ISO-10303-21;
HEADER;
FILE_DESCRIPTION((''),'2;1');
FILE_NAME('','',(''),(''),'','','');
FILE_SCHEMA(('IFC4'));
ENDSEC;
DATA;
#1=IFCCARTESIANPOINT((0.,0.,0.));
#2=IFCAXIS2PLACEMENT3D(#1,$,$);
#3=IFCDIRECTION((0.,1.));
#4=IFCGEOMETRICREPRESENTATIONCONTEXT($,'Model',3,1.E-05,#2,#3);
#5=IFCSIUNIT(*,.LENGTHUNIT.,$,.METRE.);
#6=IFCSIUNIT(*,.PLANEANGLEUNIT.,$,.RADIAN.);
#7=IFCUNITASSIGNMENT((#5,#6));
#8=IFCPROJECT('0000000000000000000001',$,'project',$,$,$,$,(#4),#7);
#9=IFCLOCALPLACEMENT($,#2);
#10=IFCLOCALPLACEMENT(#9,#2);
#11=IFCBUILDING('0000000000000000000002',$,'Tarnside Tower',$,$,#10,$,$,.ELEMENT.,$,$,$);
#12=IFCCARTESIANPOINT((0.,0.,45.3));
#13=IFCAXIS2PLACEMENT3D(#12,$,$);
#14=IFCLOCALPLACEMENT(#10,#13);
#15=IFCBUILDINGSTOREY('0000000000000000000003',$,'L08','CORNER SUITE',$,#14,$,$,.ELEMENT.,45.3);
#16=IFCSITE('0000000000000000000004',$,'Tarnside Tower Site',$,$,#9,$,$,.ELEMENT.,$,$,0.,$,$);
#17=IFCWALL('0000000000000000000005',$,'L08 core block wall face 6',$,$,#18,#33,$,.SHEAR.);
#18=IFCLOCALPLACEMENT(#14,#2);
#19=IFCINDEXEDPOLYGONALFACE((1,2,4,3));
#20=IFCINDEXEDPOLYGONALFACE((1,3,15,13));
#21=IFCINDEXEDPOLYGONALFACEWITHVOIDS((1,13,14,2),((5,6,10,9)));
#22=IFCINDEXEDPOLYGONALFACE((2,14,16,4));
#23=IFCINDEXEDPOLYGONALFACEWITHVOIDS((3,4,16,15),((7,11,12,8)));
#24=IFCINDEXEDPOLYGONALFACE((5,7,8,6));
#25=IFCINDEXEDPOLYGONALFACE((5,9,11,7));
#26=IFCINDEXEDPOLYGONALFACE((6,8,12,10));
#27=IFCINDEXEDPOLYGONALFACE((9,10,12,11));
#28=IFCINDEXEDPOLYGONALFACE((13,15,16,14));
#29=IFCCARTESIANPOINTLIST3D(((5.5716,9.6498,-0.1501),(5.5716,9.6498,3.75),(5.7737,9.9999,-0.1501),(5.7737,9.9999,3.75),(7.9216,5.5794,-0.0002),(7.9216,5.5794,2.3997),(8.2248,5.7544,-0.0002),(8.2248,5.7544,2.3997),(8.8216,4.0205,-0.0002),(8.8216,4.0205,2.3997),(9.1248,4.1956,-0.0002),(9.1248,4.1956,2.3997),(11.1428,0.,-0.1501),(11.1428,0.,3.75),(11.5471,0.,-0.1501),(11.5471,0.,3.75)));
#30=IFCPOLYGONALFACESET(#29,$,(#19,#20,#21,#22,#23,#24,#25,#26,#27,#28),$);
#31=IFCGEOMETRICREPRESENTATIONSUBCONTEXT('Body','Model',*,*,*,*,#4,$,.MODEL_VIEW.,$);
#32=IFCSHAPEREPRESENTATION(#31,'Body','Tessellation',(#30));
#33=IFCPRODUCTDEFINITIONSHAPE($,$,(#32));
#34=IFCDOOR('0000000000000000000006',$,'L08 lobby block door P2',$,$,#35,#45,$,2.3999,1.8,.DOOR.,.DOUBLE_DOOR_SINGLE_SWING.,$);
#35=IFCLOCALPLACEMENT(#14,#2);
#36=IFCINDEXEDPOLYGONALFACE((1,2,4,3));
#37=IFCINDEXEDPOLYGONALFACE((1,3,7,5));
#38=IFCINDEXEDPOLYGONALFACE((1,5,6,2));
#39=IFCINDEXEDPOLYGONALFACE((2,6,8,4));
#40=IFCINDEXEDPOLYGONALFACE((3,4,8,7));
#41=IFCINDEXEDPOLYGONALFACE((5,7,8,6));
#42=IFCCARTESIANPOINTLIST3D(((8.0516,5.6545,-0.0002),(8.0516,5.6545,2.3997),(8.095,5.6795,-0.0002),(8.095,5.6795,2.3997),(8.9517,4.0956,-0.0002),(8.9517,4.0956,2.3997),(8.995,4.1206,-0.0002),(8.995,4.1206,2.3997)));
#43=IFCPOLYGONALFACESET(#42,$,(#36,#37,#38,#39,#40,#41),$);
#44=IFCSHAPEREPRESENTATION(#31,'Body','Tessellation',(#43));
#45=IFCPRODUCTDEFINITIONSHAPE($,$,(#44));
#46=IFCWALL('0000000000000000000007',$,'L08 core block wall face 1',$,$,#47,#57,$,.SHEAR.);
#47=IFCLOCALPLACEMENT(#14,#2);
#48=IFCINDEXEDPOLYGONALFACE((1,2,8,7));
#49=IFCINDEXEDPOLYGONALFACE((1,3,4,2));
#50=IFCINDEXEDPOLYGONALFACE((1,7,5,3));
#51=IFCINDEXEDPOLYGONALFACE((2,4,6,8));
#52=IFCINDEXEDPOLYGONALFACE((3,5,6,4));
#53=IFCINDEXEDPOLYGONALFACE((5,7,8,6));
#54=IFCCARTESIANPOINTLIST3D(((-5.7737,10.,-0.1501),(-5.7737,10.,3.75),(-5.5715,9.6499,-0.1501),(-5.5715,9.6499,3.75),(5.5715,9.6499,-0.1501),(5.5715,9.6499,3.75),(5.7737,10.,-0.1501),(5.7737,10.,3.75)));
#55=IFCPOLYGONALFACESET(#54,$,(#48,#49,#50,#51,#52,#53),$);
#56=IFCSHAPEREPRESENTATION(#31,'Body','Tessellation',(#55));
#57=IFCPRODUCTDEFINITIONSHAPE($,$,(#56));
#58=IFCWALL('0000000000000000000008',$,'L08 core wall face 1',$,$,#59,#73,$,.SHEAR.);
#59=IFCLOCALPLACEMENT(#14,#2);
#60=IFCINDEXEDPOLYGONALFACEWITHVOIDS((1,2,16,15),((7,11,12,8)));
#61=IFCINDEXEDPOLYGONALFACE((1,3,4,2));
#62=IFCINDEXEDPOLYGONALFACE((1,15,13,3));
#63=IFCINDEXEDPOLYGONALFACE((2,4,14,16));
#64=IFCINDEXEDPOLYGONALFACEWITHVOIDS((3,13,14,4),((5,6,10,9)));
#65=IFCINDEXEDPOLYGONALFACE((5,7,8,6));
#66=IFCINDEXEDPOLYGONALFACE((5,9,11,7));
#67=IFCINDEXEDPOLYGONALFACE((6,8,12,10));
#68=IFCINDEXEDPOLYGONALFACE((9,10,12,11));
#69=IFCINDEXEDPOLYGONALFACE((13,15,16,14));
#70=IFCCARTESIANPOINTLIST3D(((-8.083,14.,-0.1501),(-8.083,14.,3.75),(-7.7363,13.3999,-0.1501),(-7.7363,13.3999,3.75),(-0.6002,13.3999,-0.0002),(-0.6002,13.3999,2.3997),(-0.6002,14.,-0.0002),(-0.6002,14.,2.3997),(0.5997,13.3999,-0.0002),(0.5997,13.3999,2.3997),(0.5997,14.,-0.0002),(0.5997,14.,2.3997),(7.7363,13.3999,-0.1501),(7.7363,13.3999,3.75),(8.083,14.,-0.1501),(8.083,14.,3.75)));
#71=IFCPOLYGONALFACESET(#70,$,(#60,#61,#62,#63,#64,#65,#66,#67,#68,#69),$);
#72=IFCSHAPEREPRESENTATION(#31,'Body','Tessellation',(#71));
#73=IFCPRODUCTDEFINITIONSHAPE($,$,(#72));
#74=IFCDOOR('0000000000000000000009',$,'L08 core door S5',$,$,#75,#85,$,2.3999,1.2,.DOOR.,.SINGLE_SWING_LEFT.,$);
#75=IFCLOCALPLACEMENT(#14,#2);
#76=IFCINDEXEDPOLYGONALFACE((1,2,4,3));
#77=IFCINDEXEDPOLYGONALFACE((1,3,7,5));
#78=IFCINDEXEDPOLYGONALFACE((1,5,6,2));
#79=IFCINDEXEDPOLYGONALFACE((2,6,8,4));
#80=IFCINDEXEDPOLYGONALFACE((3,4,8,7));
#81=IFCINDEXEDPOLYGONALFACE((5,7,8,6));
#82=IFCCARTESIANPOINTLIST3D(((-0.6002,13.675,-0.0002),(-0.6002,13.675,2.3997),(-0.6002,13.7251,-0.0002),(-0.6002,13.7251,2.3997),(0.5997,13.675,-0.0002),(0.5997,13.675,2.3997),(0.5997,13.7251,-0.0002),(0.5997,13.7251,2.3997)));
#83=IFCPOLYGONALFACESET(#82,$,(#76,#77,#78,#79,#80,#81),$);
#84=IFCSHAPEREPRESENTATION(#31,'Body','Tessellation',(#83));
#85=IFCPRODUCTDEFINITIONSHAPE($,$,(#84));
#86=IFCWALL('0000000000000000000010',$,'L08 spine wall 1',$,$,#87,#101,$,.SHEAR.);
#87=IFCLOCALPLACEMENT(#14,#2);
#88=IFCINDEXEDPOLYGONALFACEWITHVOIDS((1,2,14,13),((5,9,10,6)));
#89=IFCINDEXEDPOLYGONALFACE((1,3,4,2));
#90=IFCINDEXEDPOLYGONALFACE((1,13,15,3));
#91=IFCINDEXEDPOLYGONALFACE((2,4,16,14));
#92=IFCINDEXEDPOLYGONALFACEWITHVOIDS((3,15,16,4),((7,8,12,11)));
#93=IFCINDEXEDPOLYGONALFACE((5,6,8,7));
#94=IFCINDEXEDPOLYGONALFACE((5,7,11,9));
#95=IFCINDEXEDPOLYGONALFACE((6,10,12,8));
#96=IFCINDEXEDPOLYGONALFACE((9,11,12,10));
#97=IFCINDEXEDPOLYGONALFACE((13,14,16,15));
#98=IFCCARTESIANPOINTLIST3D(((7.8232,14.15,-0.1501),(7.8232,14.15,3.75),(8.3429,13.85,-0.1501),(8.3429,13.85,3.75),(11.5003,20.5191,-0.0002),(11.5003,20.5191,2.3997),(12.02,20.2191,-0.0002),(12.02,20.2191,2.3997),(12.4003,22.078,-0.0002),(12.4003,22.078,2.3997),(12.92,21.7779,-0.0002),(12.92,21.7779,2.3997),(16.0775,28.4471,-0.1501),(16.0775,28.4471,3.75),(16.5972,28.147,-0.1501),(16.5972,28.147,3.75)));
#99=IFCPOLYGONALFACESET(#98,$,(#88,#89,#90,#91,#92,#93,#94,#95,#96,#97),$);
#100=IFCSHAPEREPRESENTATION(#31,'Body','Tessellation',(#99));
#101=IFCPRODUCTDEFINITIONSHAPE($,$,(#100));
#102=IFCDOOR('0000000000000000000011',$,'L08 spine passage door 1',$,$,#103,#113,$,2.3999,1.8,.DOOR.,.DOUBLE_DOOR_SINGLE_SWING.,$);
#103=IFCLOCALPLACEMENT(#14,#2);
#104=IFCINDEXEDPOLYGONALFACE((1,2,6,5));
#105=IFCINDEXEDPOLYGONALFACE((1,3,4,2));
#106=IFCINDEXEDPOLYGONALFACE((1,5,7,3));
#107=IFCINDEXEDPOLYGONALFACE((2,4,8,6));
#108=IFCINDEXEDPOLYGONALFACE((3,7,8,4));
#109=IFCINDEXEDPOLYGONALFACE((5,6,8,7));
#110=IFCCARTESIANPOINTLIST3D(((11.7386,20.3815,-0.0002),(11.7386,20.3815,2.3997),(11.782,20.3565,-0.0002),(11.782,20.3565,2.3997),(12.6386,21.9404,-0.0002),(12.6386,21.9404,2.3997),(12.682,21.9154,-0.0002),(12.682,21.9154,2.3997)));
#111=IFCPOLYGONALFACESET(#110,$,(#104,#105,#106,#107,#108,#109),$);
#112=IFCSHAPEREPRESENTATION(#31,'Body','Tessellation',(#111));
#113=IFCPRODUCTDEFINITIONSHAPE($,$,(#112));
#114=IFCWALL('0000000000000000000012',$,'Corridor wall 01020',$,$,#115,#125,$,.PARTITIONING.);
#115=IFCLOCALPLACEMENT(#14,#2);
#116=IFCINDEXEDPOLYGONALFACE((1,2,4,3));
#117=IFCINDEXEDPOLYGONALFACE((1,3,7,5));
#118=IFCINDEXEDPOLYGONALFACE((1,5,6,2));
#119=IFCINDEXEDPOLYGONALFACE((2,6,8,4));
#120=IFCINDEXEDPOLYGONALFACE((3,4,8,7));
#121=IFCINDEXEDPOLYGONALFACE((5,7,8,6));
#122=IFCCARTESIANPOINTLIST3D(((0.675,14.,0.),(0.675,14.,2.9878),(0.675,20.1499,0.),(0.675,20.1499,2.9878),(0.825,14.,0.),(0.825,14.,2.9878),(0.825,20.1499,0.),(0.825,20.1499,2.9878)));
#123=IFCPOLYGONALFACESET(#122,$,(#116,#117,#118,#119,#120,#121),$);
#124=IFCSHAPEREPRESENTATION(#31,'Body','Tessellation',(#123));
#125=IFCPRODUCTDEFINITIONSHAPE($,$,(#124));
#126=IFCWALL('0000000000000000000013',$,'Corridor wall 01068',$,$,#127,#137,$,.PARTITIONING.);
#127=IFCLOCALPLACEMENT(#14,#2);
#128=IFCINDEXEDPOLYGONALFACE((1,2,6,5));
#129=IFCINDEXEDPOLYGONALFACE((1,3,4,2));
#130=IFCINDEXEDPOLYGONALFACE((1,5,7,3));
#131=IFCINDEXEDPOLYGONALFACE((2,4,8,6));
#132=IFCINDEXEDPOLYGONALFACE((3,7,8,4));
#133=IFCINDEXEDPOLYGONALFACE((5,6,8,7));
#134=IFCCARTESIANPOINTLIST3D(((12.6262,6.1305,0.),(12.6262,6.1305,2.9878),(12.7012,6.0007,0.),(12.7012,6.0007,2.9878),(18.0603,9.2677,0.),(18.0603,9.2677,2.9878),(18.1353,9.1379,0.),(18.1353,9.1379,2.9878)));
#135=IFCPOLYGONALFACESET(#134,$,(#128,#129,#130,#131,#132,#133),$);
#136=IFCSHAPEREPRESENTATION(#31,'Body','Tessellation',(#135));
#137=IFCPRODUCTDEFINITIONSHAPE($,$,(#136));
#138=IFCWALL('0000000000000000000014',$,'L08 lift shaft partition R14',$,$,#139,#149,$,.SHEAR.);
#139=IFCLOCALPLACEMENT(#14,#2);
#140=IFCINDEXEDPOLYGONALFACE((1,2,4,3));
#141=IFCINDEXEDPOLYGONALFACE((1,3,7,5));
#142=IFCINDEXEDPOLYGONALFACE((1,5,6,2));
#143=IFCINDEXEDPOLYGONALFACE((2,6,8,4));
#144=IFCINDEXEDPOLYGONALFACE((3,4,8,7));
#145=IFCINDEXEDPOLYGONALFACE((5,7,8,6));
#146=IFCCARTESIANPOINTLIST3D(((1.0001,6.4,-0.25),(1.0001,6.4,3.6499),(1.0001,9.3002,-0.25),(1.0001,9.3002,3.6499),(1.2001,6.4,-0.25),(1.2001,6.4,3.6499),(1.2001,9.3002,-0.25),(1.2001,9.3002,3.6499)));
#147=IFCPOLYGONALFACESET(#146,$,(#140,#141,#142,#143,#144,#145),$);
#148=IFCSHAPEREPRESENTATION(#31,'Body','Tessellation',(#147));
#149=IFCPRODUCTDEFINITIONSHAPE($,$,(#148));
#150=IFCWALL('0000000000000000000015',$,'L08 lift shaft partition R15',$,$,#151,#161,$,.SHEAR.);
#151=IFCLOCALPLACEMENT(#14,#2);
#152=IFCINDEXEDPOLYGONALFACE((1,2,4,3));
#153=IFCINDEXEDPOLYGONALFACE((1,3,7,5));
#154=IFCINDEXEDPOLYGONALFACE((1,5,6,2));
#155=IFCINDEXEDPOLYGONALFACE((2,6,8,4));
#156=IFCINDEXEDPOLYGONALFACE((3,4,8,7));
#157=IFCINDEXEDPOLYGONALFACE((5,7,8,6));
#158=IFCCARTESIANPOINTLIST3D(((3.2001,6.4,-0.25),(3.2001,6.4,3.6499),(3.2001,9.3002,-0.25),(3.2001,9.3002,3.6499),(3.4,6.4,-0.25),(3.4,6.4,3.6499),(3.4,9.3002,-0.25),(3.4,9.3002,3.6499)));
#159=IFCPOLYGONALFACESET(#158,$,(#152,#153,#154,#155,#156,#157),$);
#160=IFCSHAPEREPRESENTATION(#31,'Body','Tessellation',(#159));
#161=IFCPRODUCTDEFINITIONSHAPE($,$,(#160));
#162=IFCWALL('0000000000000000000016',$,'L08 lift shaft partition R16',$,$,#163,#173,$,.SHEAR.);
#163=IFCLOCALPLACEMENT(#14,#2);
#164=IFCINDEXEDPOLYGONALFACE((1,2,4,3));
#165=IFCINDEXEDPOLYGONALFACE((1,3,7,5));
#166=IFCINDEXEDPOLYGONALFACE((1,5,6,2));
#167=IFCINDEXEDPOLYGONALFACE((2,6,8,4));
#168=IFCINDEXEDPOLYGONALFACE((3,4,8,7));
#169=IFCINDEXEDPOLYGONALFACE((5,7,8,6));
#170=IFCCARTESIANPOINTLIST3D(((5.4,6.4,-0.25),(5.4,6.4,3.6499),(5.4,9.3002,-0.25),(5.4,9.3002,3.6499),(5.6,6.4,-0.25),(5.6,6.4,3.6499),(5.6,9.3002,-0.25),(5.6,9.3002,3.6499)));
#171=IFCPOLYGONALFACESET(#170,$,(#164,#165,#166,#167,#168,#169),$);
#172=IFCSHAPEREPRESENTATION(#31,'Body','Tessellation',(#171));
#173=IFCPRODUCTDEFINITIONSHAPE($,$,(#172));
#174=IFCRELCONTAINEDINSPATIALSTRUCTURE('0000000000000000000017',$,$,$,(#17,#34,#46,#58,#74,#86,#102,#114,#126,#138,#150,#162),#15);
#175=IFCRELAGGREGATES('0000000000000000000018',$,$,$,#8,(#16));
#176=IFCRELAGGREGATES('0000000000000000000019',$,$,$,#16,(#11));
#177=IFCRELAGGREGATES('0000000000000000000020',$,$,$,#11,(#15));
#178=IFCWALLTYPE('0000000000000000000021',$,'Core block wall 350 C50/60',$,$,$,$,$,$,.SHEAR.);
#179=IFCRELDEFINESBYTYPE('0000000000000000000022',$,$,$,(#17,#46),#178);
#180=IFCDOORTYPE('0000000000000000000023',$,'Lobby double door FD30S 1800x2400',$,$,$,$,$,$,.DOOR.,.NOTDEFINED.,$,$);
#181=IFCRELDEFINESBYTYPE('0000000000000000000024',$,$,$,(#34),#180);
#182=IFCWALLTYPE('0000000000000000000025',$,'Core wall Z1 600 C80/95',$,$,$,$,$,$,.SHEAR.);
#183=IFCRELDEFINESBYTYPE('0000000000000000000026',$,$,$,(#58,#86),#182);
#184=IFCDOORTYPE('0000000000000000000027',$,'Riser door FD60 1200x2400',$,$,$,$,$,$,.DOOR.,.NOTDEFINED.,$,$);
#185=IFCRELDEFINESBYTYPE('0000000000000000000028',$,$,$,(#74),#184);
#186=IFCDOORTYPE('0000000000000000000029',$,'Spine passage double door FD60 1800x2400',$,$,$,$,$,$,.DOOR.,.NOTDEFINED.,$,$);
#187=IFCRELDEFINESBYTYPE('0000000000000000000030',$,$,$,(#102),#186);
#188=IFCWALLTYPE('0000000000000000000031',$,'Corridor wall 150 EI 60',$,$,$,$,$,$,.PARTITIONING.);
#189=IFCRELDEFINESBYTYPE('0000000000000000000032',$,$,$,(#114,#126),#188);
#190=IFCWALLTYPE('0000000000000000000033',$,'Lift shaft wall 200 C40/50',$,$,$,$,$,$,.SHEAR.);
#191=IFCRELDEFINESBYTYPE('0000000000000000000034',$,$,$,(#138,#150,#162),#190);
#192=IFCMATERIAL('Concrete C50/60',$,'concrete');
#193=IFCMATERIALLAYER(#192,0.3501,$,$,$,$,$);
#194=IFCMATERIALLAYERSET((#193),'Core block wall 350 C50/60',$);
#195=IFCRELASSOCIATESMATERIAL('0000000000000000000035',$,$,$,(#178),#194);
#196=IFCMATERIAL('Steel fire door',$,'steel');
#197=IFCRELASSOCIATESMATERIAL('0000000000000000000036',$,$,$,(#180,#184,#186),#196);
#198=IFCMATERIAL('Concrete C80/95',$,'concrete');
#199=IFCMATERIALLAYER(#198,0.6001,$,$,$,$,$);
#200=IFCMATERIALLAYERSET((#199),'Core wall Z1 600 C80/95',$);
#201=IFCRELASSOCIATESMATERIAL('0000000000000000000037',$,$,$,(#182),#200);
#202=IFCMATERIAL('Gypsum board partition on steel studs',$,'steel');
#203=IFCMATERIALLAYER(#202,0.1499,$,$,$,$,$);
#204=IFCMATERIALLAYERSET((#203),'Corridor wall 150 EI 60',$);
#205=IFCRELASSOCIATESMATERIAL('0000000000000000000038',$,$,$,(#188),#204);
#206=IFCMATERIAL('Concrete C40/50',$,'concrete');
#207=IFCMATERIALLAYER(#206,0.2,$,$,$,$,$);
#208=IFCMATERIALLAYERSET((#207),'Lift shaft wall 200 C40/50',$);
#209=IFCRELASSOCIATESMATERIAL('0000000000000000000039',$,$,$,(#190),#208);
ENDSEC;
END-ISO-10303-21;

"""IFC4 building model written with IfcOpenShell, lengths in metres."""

from ifc_helpers import new_model, si_unit, direction, frame, frame_2d, origin, place, context, subcontext, project, spatial, polyline, rectangle, outline, extrude, material, layer, layer_set, type_object, element, fill, save


model = new_model("IFC4")

# Units and contexts
model_context = context("Model", 3, precision=1e-05, world=origin(), true_north=direction((0.0, 1.0)))
body_context = subcontext(model_context, "Body", "Model", "MODEL_VIEW")
ifc_project = project(units=[si_unit("LENGTHUNIT", "METRE"), si_unit("PLANEANGLEUNIT", "RADIAN")], contexts=[model_context])

# Site, building, storey
site_placement = place(None, origin())
site = spatial("IfcSite", under=ifc_project, at=site_placement, Name="Tarnside Tower Site", CompositionType="ELEMENT", RefElevation=0.0)
building_placement = place(site_placement, origin())
building = spatial("IfcBuilding", under=site, at=building_placement, Name="Tarnside Tower", CompositionType="ELEMENT")
storey_placement = place(building_placement, frame((0.0, 0.0, 45.3)))
storey = spatial("IfcBuildingStorey", under=building, at=storey_placement, Name="L08", Description="CORNER SUITE", CompositionType="ELEMENT", Elevation=45.3)

# Wall, opening, door
ifc_material_1 = material(Name="Concrete C50/60", Category="concrete")
ifc_layer_1 = layer(ifc_material_1, 0.3501)
ifc_layer_set_1 = layer_set([ifc_layer_1], Name="Core block wall 350 C50/60")
wall_type_1 = type_object("IfcWallType", Name="Core block wall 350 C50/60", PredefinedType="SHEAR", material=ifc_layer_set_1)
wall_1_placement = place(storey_placement, frame((11.345, 0.0, -0.1501), z_axis=(0.0, 0.0, 1.0), x_axis=(-0.499995, 0.866028, 0.0)))
wall_1 = element("IfcWall", 1, at=wall_1_placement, inside=storey, type_object=wall_type_1, Name="L08 core block wall face 6", PredefinedType="SHEAR", context=body_context, shape_type="SweptSolid", body=[
    extrude(outline(polyline([(-0.1011, -0.175), (11.4458, -0.175), (11.2437, 0.175), (0.1011, 0.175), (-0.1011, -0.175)])), origin(), (0.0, 0.0, 1.0), 3.9001),
])
opening_1_placement = place(wall_1_placement, frame((4.7437, 0.0, 0.1499)))
opening_1 = element("IfcOpeningElement", 2, at=opening_1_placement, cuts=wall_1, PredefinedType="OPENING", context=body_context, shape_type="SweptSolid", body=[
    extrude(rectangle(XDim=1.8, YDim=2.3999, at=frame_2d((0.8999, 1.2))), frame((0.0, 0.1851, 0.0), z_axis=(0.0, -1.0, 0.0), x_axis=(1.0, 0.0, 0.0)), (0.0, 0.0, 1.0), 0.3701),
])
ifc_material_2 = material(Name="Steel fire door", Category="steel")
door_type_1 = type_object("IfcDoorType", Name="Lobby double door FD30S 1800x2400", OperationType="NOTDEFINED", PredefinedType="DOOR", material=ifc_material_2)
door_1_placement = place(opening_1_placement, origin())
door_1 = element("IfcDoor", 3, at=door_1_placement, inside=storey, type_object=door_type_1, Name="L08 lobby block door P2", OperationType="DOUBLE_DOOR_SINGLE_SWING", OverallHeight=2.3999, OverallWidth=1.8, PredefinedType="DOOR", context=body_context, shape_type="SweptSolid", body=[
    extrude(rectangle(XDim=1.8, YDim=2.3999, at=frame_2d((0.8999, 1.2))), frame((0.0, 0.0249, 0.0), z_axis=(0.0, -1.0, 0.0), x_axis=(1.0, 0.0, 0.0)), (0.0, 0.0, 1.0), 0.05),
])
fill(opening_1, door_1)

# Wall
wall_2_placement = place(storey_placement, frame((5.6726, 9.825, -0.1501), z_axis=(0.0, 0.0, 1.0), x_axis=(-1.0, 0.0, 0.0)))
element("IfcWall", 4, at=wall_2_placement, inside=storey, type_object=wall_type_1, Name="L08 core block wall face 1", PredefinedType="SHEAR", context=body_context, shape_type="SweptSolid", body=[
    extrude(outline(polyline([(-0.1011, -0.175), (11.4463, -0.175), (11.2441, 0.175), (0.1011, 0.175), (-0.1011, -0.175)])), origin(), (0.0, 0.0, 1.0), 3.9001),
])

# Walls, openings, doors
ifc_material_3 = material(Name="Concrete C80/95", Category="concrete")
ifc_layer_2 = layer(ifc_material_3, 0.6001)
ifc_layer_set_2 = layer_set([ifc_layer_2], Name="Core wall Z1 600 C80/95")
wall_type_2 = type_object("IfcWallType", Name="Core wall Z1 600 C80/95", PredefinedType="SHEAR", material=ifc_layer_set_2)
wall_3_placement = place(storey_placement, frame((7.9097, 13.7, -0.1501), z_axis=(0.0, 0.0, 1.0), x_axis=(-1.0, 0.0, 0.0)))
wall_3 = element("IfcWall", 5, at=wall_3_placement, inside=storey, type_object=wall_type_2, Name="L08 core wall face 1", PredefinedType="SHEAR", context=body_context, shape_type="SweptSolid", body=[
    extrude(outline(polyline([(-0.1733, -0.3), (15.9927, -0.3), (15.646, 0.3), (0.1733, 0.3), (-0.1733, -0.3)])), origin(), (0.0, 0.0, 1.0), 3.9001),
])
opening_2_placement = place(wall_3_placement, frame((7.3098, 0.0, 0.1499)))
opening_2 = element("IfcOpeningElement", 6, at=opening_2_placement, cuts=wall_3, PredefinedType="OPENING", context=body_context, shape_type="SweptSolid", body=[
    extrude(rectangle(XDim=1.2, YDim=2.3999, at=frame_2d((0.6001, 1.2))), frame((0.0, 0.3101, 0.0), z_axis=(0.0, -1.0, 0.0), x_axis=(1.0, 0.0, 0.0)), (0.0, 0.0, 1.0), 0.6201),
])
door_type_2 = type_object("IfcDoorType", Name="Riser door FD60 1200x2400", OperationType="NOTDEFINED", PredefinedType="DOOR", material=ifc_material_2)
door_2_placement = place(opening_2_placement, origin())
door_2 = element("IfcDoor", 7, at=door_2_placement, inside=storey, type_object=door_type_2, Name="L08 core door S5", OperationType="SINGLE_SWING_LEFT", OverallHeight=2.3999, OverallWidth=1.2, PredefinedType="DOOR", context=body_context, shape_type="SweptSolid", body=[
    extrude(rectangle(XDim=1.2, YDim=2.3999, at=frame_2d((0.6001, 1.2))), frame((0.0, 0.0249, 0.0), z_axis=(0.0, -1.0, 0.0), x_axis=(1.0, 0.0, 0.0)), (0.0, 0.0, 1.0), 0.05),
])
fill(opening_2, door_2)
wall_4_placement = place(storey_placement, frame((8.083, 14.0, -0.1501), z_axis=(0.0, 0.0, 1.0), x_axis=(0.499998, 0.866027, 0.0)))
wall_4 = element("IfcWall", 8, at=wall_4_placement, inside=storey, type_object=wall_type_2, Name="L08 spine wall 1", PredefinedType="SHEAR", context=body_context, shape_type="SweptSolid", body=[
    extrude(rectangle(XDim=16.5088, YDim=0.6001, at=frame_2d((8.2544, 0.0))), origin(), (0.0, 0.0, 1.0), 3.9001),
])
opening_3_placement = place(wall_4_placement, frame((7.3545, 0.0, 0.1499)))
opening_3 = element("IfcOpeningElement", 9, at=opening_3_placement, cuts=wall_4, PredefinedType="OPENING", context=body_context, shape_type="SweptSolid", body=[
    extrude(rectangle(XDim=1.8, YDim=2.3999, at=frame_2d((0.8999, 1.2))), frame((0.0, 0.3101, 0.0), z_axis=(0.0, -1.0, 0.0), x_axis=(1.0, 0.0, 0.0)), (0.0, 0.0, 1.0), 0.6201),
])
door_type_3 = type_object("IfcDoorType", Name="Spine passage double door FD60 1800x2400", OperationType="NOTDEFINED", PredefinedType="DOOR", material=ifc_material_2)
door_3_placement = place(opening_3_placement, origin())
door_3 = element("IfcDoor", 10, at=door_3_placement, inside=storey, type_object=door_type_3, Name="L08 spine passage door 1", OperationType="DOUBLE_DOOR_SINGLE_SWING", OverallHeight=2.3999, OverallWidth=1.8, PredefinedType="DOOR", context=body_context, shape_type="SweptSolid", body=[
    extrude(rectangle(XDim=1.8, YDim=2.3999, at=frame_2d((0.8999, 1.2))), frame((0.0, 0.0249, 0.0), z_axis=(0.0, -1.0, 0.0), x_axis=(1.0, 0.0, 0.0)), (0.0, 0.0, 1.0), 0.05),
])
fill(opening_3, door_3)

# Walls
ifc_material_4 = material(Name="Gypsum board partition on steel studs", Category="steel")
ifc_layer_3 = layer(ifc_material_4, 0.1499)
ifc_layer_set_3 = layer_set([ifc_layer_3], Name="Corridor wall 150 EI 60")
wall_type_3 = type_object("IfcWallType", Name="Corridor wall 150 EI 60", PredefinedType="PARTITIONING", material=ifc_layer_set_3)
wall_5_placement = place(storey_placement, frame((0.75, 14.0, 0.0), z_axis=(0.0, 0.0, 1.0), x_axis=(0.0, 1.0, 0.0)))
element("IfcWall", 11, at=wall_5_placement, inside=storey, type_object=wall_type_3, Name="Corridor wall 01020", PredefinedType="PARTITIONING", context=body_context, shape_type="SweptSolid", body=[
    extrude(rectangle(XDim=6.1499, YDim=0.1499, at=frame_2d((3.075, 0.0))), origin(), (0.0, 0.0, 1.0), 2.9878),
])
wall_6_placement = place(storey_placement, frame((12.6638, 6.0657, 0.0), z_axis=(0.0, 0.0, 1.0), x_axis=(0.866037, 0.499981, 0.0)))
element("IfcWall", 12, at=wall_6_placement, inside=storey, type_object=wall_type_3, Name="Corridor wall 01068", PredefinedType="PARTITIONING", context=body_context, shape_type="SweptSolid", body=[
    extrude(rectangle(XDim=6.2747, YDim=0.1499, at=frame_2d((3.1372, 0.0))), origin(), (0.0, 0.0, 1.0), 2.9878),
])
ifc_material_5 = material(Name="Concrete C40/50", Category="concrete")
ifc_layer_4 = layer(ifc_material_5, 0.2)
ifc_layer_set_4 = layer_set([ifc_layer_4], Name="Lift shaft wall 200 C40/50")
wall_type_4 = type_object("IfcWallType", Name="Lift shaft wall 200 C40/50", PredefinedType="SHEAR", material=ifc_layer_set_4)
for number, where, z_axis, x_axis, name in (
    (13, (1.1001, 6.3999, -0.25), (0.0, 0.0, 1.0), (0.0, 1.0, 0.0), "L08 lift shaft partition R14"),
    (14, (3.3, 6.3999, -0.25), (0.0, 0.0, 1.0), (0.0, 1.0, 0.0), "L08 lift shaft partition R15"),
    (15, (5.5, 6.3999, -0.25), (0.0, 0.0, 1.0), (0.0, 1.0, 0.0), "L08 lift shaft partition R16"),
):
    element("IfcWall", number, at=place(storey_placement, frame(where, z_axis=z_axis, x_axis=x_axis)), inside=storey, type_object=wall_type_4, Name=name, PredefinedType="SHEAR", context=body_context, shape_type="SweptSolid", body=[
        extrude(rectangle(XDim=2.9001, YDim=0.2, at=frame_2d((1.4502, 0.0))), origin(), (0.0, 0.0, 1.0), 3.8999),
    ])

save(model, "model.ifc")
